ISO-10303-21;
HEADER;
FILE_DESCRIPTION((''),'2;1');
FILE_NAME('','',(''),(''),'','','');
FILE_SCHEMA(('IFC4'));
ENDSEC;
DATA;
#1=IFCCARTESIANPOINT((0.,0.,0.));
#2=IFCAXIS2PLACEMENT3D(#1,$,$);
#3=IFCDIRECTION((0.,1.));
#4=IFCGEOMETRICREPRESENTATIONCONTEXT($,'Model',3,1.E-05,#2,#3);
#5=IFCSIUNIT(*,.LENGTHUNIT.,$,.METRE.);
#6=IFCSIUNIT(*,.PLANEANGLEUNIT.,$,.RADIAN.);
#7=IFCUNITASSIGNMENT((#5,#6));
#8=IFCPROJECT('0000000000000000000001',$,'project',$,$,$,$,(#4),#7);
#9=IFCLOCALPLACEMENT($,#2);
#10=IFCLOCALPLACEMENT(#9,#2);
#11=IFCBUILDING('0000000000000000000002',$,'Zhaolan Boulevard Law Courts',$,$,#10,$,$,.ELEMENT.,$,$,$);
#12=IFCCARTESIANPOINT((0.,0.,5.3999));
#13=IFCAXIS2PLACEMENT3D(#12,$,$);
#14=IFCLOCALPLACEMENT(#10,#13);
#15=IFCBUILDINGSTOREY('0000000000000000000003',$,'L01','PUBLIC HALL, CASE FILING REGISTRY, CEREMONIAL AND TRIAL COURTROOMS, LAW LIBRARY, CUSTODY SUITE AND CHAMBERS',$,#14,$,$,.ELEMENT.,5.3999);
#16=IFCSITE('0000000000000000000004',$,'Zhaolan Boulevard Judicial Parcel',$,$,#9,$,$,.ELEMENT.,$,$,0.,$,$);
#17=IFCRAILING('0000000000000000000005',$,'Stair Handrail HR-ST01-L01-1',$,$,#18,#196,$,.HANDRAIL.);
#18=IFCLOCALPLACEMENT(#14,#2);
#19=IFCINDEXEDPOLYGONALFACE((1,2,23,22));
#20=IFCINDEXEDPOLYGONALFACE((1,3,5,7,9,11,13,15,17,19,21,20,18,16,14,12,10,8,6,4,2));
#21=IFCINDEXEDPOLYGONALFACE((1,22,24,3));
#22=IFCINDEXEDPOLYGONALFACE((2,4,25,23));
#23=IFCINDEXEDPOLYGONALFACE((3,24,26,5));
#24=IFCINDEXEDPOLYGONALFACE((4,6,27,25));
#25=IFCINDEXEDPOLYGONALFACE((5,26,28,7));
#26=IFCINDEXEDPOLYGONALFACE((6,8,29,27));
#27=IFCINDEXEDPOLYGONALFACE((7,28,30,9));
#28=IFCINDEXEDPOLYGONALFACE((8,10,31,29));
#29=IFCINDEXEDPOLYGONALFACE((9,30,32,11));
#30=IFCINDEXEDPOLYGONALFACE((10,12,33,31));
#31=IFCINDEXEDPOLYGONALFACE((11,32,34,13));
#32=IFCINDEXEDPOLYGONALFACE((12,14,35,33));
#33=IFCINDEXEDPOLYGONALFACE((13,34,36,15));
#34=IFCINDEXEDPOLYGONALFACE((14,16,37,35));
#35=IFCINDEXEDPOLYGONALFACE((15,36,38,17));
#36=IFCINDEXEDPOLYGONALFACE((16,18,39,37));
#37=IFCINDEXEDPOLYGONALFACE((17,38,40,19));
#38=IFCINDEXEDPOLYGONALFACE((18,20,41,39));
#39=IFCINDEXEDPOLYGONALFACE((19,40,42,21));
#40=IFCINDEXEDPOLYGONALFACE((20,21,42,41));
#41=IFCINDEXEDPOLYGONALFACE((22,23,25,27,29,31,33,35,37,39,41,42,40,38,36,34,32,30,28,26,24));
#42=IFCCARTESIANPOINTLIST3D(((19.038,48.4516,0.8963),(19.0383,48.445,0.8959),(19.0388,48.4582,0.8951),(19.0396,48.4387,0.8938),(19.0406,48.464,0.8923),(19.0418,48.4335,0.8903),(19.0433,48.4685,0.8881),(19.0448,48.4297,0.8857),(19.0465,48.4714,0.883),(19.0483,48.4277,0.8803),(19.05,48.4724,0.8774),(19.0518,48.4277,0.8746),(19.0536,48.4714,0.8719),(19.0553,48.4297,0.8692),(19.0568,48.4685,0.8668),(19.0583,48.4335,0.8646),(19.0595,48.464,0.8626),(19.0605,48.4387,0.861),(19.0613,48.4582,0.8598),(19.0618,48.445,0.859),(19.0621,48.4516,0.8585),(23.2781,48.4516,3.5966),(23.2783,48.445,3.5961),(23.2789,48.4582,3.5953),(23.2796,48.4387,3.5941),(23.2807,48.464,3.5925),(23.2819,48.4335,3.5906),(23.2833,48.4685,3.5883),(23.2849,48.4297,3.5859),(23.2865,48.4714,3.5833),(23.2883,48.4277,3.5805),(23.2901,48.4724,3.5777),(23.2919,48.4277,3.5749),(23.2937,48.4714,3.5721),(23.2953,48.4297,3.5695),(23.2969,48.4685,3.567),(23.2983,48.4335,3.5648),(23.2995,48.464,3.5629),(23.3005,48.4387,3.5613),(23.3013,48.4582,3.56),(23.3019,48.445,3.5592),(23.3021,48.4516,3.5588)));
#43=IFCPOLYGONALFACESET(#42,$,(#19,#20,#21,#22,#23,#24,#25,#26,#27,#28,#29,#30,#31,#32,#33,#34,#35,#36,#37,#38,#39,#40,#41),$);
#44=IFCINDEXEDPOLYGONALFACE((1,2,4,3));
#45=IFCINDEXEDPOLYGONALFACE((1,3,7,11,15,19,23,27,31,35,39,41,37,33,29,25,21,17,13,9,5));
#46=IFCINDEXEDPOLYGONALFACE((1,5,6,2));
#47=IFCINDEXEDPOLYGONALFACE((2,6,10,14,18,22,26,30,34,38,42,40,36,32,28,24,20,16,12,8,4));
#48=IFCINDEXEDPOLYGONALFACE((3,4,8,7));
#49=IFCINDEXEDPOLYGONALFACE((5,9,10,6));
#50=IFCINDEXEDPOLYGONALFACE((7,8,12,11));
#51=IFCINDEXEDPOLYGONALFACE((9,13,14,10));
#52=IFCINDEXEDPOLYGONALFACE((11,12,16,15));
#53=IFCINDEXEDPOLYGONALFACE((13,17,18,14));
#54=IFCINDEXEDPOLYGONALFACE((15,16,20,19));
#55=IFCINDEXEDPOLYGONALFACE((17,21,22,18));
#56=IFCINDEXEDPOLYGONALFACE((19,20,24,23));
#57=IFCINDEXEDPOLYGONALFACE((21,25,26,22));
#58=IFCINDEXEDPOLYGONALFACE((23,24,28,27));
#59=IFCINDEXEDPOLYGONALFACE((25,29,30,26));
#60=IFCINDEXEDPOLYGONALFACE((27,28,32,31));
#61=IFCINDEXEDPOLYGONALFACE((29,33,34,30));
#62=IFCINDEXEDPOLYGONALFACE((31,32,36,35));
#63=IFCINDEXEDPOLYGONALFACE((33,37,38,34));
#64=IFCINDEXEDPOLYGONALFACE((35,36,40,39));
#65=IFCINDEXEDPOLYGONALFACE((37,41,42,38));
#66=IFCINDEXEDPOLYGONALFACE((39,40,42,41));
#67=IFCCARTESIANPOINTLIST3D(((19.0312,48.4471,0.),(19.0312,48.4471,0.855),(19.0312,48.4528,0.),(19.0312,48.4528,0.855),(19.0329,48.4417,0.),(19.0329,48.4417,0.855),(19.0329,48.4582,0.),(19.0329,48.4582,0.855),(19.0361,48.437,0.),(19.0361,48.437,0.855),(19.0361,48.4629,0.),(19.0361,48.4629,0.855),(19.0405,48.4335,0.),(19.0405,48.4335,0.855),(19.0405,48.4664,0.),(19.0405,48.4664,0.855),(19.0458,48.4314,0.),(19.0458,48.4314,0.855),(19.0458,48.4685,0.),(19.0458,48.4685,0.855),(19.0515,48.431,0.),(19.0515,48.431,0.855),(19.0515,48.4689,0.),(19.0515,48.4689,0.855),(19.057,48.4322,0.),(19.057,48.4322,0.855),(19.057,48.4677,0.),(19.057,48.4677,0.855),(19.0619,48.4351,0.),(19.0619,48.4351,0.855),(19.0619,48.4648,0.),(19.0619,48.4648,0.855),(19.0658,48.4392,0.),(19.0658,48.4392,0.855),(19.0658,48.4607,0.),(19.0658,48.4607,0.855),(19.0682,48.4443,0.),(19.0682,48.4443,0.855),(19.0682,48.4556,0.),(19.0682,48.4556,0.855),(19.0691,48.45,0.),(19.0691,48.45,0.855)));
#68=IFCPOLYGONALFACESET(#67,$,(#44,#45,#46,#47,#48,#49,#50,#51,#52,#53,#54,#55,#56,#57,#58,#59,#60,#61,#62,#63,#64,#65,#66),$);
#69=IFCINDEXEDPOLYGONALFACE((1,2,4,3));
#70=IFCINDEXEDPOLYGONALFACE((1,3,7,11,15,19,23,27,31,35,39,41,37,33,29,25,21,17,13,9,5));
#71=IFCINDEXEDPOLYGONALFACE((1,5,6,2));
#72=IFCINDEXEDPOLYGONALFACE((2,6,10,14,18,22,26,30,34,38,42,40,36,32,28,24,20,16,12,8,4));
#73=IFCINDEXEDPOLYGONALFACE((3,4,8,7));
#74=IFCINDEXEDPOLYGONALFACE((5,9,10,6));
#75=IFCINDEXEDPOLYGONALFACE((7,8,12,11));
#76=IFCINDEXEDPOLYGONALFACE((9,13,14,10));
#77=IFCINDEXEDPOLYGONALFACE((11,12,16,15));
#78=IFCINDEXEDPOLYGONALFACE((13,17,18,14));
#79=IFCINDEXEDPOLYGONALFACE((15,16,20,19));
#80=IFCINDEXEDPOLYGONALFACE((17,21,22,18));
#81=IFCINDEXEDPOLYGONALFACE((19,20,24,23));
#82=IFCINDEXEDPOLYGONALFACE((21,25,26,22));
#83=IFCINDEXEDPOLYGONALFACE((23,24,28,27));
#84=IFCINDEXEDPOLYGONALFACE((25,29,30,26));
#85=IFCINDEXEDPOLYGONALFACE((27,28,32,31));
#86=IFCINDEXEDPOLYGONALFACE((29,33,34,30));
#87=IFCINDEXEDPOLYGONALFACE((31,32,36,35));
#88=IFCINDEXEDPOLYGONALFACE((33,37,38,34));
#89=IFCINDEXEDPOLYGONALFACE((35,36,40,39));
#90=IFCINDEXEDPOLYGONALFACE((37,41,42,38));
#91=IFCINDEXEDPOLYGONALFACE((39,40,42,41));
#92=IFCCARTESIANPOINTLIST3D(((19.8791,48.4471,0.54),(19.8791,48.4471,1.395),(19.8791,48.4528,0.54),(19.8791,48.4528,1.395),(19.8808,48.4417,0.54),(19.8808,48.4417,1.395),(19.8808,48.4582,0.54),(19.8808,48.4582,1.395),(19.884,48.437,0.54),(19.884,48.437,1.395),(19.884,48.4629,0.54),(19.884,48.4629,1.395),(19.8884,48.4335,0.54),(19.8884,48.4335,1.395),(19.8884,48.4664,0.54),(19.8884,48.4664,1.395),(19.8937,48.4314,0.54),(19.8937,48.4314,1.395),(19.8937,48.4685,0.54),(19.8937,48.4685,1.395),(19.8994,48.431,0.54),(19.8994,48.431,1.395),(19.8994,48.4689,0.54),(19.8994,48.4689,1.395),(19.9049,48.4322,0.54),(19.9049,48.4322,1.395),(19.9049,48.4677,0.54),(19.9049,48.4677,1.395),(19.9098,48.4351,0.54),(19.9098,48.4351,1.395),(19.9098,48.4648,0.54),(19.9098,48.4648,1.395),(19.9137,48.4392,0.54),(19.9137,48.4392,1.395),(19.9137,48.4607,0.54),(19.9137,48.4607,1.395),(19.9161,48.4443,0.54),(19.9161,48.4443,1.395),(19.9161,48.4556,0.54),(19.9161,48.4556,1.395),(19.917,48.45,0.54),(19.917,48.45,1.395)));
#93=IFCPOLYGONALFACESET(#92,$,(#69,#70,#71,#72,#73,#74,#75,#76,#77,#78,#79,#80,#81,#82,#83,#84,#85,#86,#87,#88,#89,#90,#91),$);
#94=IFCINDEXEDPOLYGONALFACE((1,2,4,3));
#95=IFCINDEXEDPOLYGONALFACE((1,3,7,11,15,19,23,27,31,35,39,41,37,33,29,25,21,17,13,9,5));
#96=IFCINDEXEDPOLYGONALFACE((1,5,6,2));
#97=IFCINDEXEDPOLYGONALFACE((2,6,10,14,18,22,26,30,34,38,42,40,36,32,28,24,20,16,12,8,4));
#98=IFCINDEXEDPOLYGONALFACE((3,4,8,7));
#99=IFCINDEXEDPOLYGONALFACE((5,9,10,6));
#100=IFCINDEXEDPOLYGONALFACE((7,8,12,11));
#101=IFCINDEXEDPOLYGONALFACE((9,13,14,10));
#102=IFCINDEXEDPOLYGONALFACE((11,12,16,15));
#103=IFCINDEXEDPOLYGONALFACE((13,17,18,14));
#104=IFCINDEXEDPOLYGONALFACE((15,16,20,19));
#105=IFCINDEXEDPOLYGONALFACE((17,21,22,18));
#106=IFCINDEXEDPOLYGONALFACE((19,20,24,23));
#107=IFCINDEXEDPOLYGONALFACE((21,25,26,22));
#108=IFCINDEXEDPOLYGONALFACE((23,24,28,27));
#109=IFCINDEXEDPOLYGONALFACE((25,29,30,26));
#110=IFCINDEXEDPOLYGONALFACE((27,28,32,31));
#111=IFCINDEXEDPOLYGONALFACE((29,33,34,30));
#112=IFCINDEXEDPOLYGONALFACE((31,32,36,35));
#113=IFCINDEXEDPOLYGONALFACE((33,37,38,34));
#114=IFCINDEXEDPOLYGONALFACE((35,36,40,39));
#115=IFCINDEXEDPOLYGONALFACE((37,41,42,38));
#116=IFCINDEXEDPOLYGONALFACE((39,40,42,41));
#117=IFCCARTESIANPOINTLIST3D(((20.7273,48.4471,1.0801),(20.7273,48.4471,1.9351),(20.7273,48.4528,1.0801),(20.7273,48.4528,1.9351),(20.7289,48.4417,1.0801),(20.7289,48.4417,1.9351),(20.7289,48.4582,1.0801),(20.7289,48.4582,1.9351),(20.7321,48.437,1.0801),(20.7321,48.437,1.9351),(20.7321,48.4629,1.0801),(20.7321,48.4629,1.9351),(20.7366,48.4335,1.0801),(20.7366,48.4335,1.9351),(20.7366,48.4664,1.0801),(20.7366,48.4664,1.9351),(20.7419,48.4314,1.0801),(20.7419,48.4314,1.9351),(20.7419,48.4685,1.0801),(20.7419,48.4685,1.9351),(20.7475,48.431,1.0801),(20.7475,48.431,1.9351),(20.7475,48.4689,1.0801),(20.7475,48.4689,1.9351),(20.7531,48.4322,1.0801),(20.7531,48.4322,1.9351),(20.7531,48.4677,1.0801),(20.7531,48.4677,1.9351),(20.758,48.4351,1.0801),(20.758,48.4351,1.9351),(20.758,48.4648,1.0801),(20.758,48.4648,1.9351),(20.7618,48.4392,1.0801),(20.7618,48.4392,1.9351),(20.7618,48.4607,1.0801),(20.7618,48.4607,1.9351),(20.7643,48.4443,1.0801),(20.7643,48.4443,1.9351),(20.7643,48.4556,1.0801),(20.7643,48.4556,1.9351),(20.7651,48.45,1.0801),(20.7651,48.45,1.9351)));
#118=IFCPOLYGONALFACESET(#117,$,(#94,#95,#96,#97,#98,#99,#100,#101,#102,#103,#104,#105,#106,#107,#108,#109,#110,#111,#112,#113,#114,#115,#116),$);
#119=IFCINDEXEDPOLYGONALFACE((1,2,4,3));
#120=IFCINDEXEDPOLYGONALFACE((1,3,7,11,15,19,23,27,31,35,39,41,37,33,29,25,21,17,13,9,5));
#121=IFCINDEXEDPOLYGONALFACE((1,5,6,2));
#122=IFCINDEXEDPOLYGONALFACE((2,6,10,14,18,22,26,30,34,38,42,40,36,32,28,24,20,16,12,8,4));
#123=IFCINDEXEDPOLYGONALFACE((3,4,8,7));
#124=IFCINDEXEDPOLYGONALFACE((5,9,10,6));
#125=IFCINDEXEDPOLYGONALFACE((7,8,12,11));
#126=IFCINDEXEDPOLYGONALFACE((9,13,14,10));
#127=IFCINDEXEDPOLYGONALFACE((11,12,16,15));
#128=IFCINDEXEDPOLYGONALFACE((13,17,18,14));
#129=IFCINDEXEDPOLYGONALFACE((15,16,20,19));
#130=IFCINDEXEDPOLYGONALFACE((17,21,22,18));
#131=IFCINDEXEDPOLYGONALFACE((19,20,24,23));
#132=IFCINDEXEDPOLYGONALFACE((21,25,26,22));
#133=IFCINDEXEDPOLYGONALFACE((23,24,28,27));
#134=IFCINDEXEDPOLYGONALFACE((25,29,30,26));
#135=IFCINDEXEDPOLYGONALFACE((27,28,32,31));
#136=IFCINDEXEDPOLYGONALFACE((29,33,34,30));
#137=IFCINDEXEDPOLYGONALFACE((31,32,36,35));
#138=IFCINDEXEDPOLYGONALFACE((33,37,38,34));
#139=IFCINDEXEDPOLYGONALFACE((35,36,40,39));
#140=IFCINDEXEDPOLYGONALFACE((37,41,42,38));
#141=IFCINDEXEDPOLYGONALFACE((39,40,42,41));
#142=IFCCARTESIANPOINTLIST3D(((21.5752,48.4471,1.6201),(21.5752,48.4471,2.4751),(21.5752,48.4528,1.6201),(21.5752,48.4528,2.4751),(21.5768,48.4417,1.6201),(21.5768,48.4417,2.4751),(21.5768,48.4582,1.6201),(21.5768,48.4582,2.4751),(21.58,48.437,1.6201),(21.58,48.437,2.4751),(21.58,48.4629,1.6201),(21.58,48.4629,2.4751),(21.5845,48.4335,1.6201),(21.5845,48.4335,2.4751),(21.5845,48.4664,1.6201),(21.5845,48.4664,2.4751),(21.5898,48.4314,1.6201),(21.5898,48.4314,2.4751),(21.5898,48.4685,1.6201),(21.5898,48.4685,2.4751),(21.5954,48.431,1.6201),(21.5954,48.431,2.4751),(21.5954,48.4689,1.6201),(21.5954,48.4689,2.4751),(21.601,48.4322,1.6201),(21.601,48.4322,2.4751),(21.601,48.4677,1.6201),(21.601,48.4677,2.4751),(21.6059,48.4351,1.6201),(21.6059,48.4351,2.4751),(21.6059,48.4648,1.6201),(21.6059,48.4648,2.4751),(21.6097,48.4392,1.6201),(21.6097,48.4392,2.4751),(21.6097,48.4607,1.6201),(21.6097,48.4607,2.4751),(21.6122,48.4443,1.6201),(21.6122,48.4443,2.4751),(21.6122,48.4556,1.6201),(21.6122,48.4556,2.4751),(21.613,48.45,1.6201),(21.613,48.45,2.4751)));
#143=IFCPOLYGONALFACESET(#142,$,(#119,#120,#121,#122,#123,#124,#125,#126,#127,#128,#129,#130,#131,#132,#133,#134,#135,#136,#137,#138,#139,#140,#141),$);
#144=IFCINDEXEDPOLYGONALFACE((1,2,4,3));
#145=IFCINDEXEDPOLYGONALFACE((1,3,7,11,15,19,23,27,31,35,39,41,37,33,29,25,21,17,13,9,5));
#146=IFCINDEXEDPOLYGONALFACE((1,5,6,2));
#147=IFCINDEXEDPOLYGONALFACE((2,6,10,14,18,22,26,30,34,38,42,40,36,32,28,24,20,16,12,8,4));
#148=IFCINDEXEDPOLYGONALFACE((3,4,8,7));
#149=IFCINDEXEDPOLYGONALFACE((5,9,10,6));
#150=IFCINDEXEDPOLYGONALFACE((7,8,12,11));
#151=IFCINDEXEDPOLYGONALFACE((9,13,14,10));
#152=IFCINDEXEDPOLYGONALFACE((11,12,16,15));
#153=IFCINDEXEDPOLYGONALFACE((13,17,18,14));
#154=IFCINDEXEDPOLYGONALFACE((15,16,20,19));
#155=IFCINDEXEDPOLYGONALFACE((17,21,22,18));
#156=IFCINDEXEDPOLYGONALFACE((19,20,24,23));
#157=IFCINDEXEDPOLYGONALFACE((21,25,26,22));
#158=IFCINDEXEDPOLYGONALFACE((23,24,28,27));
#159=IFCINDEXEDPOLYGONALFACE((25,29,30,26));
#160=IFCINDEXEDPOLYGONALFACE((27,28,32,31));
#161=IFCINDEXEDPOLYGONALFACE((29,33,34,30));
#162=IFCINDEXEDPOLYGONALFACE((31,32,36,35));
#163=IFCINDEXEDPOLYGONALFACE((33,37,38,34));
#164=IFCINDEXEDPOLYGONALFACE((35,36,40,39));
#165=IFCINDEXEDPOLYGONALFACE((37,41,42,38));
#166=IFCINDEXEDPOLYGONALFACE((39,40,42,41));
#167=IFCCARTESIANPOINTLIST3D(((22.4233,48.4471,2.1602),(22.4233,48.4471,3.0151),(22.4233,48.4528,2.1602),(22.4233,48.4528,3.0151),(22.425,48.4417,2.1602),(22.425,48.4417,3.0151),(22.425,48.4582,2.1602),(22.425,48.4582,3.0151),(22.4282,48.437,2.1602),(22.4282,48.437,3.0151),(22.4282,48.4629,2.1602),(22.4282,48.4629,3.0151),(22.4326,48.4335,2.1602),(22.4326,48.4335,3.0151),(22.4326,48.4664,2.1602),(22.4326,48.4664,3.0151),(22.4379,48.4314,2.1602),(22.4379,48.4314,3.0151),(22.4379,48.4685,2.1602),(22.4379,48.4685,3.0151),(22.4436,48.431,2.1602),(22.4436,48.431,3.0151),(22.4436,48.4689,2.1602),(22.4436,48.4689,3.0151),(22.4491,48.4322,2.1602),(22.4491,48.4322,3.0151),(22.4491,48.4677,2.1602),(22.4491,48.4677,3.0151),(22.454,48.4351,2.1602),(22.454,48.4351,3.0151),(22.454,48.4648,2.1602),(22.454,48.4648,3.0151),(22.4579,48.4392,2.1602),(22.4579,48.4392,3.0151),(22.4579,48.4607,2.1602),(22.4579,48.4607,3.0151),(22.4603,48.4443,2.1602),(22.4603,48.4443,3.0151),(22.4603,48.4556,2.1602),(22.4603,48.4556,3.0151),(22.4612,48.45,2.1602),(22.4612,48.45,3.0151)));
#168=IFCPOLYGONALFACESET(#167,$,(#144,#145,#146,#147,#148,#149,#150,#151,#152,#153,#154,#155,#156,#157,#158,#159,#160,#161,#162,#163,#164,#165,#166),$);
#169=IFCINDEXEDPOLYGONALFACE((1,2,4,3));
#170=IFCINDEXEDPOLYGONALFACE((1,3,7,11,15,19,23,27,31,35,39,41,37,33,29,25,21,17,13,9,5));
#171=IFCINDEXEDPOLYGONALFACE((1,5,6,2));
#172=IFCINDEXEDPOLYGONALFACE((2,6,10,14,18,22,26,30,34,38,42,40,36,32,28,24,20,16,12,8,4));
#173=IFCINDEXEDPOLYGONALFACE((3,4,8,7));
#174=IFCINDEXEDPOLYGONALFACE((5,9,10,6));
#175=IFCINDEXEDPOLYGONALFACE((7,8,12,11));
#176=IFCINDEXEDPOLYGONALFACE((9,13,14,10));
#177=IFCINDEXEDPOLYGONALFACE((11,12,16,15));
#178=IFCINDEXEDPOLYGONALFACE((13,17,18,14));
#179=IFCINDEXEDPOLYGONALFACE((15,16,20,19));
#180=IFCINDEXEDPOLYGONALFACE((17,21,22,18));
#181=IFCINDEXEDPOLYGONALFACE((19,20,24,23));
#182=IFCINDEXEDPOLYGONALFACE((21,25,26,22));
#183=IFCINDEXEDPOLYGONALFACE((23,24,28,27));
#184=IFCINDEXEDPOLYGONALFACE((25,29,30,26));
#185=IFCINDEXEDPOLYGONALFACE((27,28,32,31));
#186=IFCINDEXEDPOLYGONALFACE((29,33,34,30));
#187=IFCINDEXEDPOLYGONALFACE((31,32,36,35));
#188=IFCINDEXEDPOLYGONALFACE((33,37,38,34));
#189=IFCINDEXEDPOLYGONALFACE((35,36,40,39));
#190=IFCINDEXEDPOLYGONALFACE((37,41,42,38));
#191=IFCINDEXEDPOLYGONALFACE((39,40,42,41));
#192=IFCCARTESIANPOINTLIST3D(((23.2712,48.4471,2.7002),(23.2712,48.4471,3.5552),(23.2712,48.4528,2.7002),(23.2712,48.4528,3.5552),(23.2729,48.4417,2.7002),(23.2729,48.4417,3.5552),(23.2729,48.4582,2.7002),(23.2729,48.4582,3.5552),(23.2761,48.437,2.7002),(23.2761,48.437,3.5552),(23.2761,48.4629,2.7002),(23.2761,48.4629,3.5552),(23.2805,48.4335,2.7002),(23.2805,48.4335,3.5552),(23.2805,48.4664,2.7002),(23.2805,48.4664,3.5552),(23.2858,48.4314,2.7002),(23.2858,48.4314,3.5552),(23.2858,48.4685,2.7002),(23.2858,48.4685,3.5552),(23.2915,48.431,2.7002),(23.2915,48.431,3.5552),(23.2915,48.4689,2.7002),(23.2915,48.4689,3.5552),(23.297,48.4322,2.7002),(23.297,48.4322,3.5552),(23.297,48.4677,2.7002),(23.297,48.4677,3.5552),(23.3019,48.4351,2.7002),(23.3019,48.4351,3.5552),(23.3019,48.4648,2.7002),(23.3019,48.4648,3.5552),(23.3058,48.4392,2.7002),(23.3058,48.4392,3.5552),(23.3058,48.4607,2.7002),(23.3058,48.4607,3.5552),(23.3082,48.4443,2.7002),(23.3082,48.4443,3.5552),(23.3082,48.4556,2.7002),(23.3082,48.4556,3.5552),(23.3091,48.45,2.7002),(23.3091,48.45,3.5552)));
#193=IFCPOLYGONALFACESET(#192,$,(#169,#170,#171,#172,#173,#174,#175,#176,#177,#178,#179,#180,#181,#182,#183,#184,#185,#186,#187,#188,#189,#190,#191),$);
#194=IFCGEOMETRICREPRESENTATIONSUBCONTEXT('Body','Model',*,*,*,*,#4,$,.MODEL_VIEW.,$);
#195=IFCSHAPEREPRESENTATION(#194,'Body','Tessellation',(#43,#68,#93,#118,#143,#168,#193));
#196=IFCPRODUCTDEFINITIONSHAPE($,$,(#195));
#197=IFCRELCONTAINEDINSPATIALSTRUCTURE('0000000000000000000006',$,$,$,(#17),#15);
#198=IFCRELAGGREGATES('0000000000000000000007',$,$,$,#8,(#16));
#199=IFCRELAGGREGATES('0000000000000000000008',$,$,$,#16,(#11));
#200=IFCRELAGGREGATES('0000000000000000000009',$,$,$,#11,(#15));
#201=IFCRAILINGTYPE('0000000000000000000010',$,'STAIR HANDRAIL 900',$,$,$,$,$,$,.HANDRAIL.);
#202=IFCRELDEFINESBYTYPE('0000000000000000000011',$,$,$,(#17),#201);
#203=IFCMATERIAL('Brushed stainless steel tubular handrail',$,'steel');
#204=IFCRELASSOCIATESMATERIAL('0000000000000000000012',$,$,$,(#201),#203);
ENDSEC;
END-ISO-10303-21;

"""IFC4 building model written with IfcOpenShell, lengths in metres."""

from ifc_helpers import new_model, si_unit, direction, frame, origin, origin_2d, place, context, subcontext, project, spatial, circle, extrude, material, type_object, element, save


model = new_model("IFC4")

# Units and contexts
model_context = context("Model", 3, precision=1e-05, world=origin(), true_north=direction((0.0, 1.0)))
body_context = subcontext(model_context, "Body", "Model", "MODEL_VIEW")
ifc_project = project(units=[si_unit("LENGTHUNIT", "METRE"), si_unit("PLANEANGLEUNIT", "RADIAN")], contexts=[model_context])

# Site, building, storey
site_placement = place(None, origin())
site = spatial("IfcSite", under=ifc_project, at=site_placement, Name="Zhaolan Boulevard Judicial Parcel", CompositionType="ELEMENT", RefElevation=0.0)
building_placement = place(site_placement, origin())
building = spatial("IfcBuilding", under=site, at=building_placement, Name="Zhaolan Boulevard Law Courts", CompositionType="ELEMENT")
storey_placement = place(building_placement, frame((0.0, 0.0, 5.3999)))
storey = spatial("IfcBuildingStorey", under=building, at=storey_placement, Name="L01", Description="PUBLIC HALL, CASE FILING REGISTRY, CEREMONIAL AND TRIAL COURTROOMS, LAW LIBRARY, CUSTODY SUITE AND CHAMBERS", CompositionType="ELEMENT", Elevation=5.3999)

# Railing
ifc_material_1 = material(Name="Brushed stainless steel tubular handrail", Category="steel")
railing_type_1 = type_object("IfcRailingType", Name="STAIR HANDRAIL 900", PredefinedType="HANDRAIL", material=ifc_material_1)
railing_1_placement = place(storey_placement, frame((19.05, 48.45, 0.0)))
element("IfcRailing", 1, at=railing_1_placement, inside=storey, type_object=railing_type_1, Name="Stair Handrail HR-ST01-L01-1", PredefinedType="HANDRAIL", context=body_context, shape_type="SweptSolid", body=[
    extrude(circle(Radius=0.0225, at=origin_2d()), frame((0.0, 0.0, 0.8774), z_axis=(0.843479, 0.0, 0.537161), x_axis=(0.0, 1.0, 0.0)), (0.0, 0.0, 1.0), 5.0269),
    extrude(circle(Radius=0.019, at=origin_2d()), origin(), (0.0, 0.0, 1.0), 0.855),
    extrude(circle(Radius=0.019, at=origin_2d()), frame((0.8479, 0.0, 0.54)), (0.0, 0.0, 1.0), 0.855),
    extrude(circle(Radius=0.019, at=origin_2d()), frame((1.696, 0.0, 1.0801)), (0.0, 0.0, 1.0), 0.855),
    extrude(circle(Radius=0.019, at=origin_2d()), frame((2.5439, 0.0, 1.6201)), (0.0, 0.0, 1.0), 0.855),
    extrude(circle(Radius=0.019, at=origin_2d()), frame((3.3921, 0.0, 2.1602)), (0.0, 0.0, 1.0), 0.855),
    extrude(circle(Radius=0.019, at=origin_2d()), frame((4.24, 0.0, 2.7002)), (0.0, 0.0, 1.0), 0.855),
])

save(model, "model.ifc")
